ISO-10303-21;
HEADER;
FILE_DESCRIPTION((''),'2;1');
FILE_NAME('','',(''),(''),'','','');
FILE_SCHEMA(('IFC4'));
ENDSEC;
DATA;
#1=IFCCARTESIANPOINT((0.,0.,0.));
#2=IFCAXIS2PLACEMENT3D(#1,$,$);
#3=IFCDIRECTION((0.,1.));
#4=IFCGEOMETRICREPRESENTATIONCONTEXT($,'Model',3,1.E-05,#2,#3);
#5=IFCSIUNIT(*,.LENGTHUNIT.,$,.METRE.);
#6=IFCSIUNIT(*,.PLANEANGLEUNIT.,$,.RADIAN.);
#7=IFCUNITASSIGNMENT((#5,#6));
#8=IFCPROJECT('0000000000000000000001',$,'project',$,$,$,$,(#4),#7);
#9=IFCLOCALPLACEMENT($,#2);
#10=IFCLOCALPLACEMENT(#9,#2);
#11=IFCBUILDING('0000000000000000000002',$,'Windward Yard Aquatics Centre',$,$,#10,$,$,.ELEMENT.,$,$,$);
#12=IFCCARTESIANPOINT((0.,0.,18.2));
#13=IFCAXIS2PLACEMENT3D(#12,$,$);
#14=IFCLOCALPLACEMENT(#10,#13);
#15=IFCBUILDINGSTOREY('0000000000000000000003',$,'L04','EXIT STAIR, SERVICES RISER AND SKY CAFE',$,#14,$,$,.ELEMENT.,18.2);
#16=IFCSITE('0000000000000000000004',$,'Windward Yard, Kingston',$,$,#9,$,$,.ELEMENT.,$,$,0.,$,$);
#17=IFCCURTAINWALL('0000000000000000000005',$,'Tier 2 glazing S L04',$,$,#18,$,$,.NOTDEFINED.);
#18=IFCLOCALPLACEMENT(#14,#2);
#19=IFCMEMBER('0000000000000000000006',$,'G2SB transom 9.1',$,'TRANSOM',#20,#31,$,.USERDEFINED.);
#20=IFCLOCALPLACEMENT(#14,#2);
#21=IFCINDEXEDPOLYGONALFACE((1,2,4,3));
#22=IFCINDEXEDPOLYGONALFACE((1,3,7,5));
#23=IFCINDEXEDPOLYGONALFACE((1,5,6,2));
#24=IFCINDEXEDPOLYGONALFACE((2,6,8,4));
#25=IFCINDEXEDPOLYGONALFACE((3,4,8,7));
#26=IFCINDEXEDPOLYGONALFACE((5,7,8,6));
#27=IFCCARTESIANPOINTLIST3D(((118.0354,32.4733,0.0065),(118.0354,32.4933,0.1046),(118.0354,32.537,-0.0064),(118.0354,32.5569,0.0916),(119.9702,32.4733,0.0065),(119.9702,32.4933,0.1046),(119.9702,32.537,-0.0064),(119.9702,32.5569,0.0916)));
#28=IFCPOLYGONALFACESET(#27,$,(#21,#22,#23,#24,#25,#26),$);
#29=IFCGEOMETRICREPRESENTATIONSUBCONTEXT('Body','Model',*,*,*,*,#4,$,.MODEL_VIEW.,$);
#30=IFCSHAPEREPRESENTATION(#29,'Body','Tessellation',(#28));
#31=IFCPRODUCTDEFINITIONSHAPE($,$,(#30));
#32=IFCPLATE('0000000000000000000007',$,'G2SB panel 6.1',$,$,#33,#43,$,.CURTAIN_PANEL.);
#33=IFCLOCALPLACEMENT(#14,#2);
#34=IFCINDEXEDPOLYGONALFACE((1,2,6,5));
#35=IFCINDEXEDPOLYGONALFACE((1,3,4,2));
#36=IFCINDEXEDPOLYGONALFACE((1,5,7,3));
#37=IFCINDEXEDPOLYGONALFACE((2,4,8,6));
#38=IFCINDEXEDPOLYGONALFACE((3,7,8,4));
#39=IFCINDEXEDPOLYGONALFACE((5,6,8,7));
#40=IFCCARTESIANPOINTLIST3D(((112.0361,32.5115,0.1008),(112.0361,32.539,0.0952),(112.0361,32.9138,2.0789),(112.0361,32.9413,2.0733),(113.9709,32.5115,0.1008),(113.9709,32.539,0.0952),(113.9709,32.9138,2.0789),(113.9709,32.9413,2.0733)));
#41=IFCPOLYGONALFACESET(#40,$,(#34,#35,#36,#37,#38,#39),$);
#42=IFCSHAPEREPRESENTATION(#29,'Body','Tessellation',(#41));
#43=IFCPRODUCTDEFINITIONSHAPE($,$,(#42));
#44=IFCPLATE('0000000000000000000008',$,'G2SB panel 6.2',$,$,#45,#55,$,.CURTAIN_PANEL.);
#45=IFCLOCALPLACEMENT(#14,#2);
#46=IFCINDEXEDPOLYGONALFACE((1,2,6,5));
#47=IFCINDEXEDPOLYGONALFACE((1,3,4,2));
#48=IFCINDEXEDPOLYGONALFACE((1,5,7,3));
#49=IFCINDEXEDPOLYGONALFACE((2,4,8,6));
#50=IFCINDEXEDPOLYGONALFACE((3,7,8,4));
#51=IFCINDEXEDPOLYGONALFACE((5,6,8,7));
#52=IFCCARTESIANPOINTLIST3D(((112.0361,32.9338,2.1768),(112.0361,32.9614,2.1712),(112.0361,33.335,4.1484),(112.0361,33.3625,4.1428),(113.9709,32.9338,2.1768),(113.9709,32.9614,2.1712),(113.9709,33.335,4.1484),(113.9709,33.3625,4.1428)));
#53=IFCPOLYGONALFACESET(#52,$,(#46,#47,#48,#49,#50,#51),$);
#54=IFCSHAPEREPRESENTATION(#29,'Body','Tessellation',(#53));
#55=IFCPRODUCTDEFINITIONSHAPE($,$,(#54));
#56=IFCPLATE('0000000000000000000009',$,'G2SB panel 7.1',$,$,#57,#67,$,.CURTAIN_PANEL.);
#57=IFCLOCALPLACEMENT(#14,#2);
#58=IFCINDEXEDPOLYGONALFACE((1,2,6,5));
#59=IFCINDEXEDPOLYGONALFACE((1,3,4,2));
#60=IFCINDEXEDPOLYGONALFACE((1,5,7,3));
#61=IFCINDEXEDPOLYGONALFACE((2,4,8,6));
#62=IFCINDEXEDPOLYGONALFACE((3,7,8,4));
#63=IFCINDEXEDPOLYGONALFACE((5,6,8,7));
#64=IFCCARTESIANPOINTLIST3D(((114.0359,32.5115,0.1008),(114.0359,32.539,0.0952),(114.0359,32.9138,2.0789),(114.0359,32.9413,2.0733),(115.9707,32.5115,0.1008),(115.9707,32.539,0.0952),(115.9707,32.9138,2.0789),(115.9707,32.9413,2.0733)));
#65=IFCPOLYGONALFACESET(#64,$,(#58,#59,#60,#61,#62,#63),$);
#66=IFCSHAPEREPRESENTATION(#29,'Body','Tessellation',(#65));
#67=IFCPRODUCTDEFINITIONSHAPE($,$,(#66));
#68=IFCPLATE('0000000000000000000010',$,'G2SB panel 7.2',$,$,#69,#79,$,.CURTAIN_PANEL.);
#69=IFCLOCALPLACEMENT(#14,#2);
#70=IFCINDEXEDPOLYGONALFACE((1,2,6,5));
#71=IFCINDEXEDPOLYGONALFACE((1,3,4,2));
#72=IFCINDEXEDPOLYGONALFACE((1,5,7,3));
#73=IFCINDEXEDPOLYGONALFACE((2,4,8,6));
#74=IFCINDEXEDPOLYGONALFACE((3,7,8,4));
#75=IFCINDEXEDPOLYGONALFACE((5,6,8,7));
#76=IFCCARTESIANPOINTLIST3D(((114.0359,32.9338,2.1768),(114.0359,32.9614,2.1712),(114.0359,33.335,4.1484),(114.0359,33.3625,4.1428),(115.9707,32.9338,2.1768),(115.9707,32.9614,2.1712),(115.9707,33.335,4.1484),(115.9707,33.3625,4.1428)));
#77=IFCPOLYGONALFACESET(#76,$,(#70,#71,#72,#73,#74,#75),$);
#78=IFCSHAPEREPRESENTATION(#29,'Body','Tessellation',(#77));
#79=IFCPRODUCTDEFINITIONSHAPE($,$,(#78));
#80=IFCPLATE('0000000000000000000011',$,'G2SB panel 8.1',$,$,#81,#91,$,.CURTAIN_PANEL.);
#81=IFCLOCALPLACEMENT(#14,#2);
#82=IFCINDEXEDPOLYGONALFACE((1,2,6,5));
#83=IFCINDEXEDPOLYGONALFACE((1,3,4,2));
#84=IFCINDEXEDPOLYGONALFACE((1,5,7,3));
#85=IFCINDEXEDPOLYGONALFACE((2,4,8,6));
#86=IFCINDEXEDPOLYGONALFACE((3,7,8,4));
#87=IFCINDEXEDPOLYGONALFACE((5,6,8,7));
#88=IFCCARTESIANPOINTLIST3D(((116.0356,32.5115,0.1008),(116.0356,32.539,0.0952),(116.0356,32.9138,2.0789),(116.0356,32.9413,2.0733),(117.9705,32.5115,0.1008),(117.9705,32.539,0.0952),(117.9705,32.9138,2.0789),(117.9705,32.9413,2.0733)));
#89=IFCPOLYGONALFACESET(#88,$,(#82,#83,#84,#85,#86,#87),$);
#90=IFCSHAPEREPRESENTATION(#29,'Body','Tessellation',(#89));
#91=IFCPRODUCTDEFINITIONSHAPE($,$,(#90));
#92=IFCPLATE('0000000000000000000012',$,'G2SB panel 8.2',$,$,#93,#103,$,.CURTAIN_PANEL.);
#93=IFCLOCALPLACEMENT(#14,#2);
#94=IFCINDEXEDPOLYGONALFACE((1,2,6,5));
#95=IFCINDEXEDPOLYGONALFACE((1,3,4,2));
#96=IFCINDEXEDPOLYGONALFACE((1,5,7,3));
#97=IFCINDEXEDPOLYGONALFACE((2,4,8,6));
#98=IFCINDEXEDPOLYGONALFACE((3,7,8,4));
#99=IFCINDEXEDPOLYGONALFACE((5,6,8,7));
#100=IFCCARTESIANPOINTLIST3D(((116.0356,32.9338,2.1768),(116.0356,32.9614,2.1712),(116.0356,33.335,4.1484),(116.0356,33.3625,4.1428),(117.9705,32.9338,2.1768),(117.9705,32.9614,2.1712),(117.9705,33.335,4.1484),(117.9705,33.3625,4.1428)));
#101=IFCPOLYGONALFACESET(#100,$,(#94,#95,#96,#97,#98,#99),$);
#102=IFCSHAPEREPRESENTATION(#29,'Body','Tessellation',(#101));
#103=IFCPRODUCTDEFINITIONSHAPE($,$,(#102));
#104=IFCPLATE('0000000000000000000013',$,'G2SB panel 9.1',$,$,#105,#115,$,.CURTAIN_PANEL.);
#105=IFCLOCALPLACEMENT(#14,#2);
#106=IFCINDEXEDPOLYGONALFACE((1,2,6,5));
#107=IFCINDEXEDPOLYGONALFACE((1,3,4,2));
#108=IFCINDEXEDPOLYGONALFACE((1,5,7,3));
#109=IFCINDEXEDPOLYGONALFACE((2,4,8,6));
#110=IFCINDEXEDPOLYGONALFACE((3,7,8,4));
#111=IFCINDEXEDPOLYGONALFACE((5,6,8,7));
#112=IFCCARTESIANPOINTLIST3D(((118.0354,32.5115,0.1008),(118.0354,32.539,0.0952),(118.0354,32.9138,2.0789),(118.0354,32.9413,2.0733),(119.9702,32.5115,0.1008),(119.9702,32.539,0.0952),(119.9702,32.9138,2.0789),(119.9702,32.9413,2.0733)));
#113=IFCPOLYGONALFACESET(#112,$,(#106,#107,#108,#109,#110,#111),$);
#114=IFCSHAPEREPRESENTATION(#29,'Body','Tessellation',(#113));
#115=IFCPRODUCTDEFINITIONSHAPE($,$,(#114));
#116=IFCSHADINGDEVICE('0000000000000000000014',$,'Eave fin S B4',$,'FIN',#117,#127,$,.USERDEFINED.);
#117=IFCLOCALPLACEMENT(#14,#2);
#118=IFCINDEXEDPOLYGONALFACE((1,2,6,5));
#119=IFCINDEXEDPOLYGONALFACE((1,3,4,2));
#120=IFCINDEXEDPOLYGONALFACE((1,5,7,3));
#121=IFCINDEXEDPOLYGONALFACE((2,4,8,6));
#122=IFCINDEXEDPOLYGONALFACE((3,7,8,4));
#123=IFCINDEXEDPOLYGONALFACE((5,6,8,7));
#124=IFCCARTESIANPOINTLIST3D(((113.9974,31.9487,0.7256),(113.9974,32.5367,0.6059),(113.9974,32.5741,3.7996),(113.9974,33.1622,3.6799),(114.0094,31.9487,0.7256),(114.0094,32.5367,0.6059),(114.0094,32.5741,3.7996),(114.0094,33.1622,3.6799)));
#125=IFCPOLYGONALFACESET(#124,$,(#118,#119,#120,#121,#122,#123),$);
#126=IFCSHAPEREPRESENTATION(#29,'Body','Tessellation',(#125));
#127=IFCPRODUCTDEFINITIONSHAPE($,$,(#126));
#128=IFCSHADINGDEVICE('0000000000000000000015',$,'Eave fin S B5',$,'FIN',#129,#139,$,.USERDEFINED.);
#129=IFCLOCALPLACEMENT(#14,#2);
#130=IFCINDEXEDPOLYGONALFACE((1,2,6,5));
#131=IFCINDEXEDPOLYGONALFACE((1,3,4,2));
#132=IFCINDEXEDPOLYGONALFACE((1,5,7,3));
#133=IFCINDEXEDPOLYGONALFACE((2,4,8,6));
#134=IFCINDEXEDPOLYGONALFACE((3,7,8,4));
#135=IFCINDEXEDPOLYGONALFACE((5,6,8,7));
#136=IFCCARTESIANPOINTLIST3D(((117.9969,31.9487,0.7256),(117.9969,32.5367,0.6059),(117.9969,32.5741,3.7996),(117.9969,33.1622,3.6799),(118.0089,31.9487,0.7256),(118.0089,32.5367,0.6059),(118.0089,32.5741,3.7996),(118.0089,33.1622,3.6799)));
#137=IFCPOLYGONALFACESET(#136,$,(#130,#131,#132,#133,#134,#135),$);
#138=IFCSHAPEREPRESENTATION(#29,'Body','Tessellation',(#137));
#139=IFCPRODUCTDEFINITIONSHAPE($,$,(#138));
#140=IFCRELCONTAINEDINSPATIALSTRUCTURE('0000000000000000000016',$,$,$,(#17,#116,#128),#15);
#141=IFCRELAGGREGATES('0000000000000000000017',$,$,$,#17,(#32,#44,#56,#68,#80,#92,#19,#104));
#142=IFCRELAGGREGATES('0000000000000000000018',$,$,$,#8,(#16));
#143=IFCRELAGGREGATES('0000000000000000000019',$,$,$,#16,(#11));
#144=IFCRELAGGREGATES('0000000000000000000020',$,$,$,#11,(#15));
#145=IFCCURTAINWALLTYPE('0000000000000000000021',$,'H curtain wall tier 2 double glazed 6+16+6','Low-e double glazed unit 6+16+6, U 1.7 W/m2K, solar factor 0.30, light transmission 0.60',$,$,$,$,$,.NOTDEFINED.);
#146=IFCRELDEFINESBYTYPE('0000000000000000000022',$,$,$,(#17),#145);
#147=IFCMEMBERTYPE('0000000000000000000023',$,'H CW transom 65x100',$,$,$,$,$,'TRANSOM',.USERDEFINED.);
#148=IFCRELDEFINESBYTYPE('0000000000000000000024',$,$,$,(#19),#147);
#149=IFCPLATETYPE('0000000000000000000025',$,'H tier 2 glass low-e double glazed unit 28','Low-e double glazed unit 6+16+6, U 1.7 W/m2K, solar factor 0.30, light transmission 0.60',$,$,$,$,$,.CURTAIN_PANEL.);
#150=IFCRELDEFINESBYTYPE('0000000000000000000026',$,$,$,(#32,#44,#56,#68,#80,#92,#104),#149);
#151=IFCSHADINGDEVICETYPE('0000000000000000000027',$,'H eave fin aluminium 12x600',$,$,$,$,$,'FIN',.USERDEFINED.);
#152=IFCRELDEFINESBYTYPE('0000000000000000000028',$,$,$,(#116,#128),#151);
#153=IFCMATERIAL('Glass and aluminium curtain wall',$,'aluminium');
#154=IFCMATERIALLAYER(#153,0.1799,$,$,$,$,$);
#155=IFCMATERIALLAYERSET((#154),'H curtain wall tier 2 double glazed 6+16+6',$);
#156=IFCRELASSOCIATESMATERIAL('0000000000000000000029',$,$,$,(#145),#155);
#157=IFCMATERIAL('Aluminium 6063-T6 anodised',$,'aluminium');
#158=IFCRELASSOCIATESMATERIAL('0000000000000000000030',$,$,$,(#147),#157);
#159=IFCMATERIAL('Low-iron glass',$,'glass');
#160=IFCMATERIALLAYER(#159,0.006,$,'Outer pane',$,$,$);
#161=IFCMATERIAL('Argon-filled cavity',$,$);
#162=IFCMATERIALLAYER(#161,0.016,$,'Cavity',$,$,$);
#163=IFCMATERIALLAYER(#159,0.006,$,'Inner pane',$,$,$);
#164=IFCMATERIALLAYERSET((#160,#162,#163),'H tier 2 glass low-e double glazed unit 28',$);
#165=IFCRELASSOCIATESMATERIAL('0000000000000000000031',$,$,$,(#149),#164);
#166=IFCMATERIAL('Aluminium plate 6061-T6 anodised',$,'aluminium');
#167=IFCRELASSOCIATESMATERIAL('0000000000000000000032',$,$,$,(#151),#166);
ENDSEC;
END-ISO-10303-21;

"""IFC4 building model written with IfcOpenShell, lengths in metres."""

from ifc_helpers import new_model, si_unit, direction, frame, origin, origin_2d, place, context, subcontext, project, spatial, polyline, rectangle, outline, extrude, material, layer, layer_set, material_profile, profile_set, type_object, element, aggregate, save


model = new_model("IFC4")

# Units and contexts
model_context = context("Model", 3, precision=1e-05, world=origin(), true_north=direction((0.0, 1.0)))
body_context = subcontext(model_context, "Body", "Model", "MODEL_VIEW")
ifc_project = project(units=[si_unit("LENGTHUNIT", "METRE"), si_unit("PLANEANGLEUNIT", "RADIAN")], contexts=[model_context])

# Site, building, storey
site_placement = place(None, origin())
site = spatial("IfcSite", under=ifc_project, at=site_placement, Name="Windward Yard, Kingston", CompositionType="ELEMENT", RefElevation=0.0)
building_placement = place(site_placement, origin())
building = spatial("IfcBuilding", under=site, at=building_placement, Name="Windward Yard Aquatics Centre", CompositionType="ELEMENT")
storey_placement = place(building_placement, frame((0.0, 0.0, 18.2)))
storey = spatial("IfcBuildingStorey", under=building, at=storey_placement, Name="L04", Description="EXIT STAIR, SERVICES RISER AND SKY CAFE", CompositionType="ELEMENT", Elevation=18.2)

# Curtain wall, member, plates
ifc_material_1 = material(Name="Glass and aluminium curtain wall", Category="aluminium")
ifc_layer_1 = layer(ifc_material_1, 0.1799)
ifc_layer_set_1 = layer_set([ifc_layer_1], Name="H curtain wall tier 2 double glazed 6+16+6")
curtain_wall_type = type_object("IfcCurtainWallType", Name="H curtain wall tier 2 double glazed 6+16+6", Description="Low-e double glazed unit 6+16+6, U 1.7 W/m2K, solar factor 0.30, light transmission 0.60", PredefinedType="NOTDEFINED", material=ifc_layer_set_1)
curtain_wall_placement = place(storey_placement, origin())
curtain_wall = element("IfcCurtainWall", 1, at=curtain_wall_placement, inside=storey, type_object=curtain_wall_type, Name="Tier 2 glazing S L04", PredefinedType="NOTDEFINED")
ifc_material_2 = material(Name="Aluminium 6063-T6 anodised", Category="aluminium")
ifc_material_profile_1 = material_profile(ifc_material_2, rectangle(XDim=0.0649, YDim=0.1001, at=origin_2d()), Name="H CW transom 65x100")
ifc_profile_set_1 = profile_set([ifc_material_profile_1], Name="Aluminium 6063-T6 anodised")
member_type_1 = type_object("IfcMemberType", Name="H CW transom 65x100", ElementType="TRANSOM", PredefinedType="USERDEFINED", material=ifc_profile_set_1)
member_1_placement = place(storey_placement, frame((118.0354, 32.5151, 0.0491), z_axis=(1.0, 0.0, 0.0), x_axis=(0.0, -0.979925, 0.199368)))
member_1 = element("IfcMember", 2, at=member_1_placement, type_object=member_type_1, Name="G2SB transom 9.1", ObjectType="TRANSOM", PredefinedType="USERDEFINED", context=body_context, shape_type="SweptSolid", body=[
    extrude(rectangle(XDim=0.0649, YDim=0.1001, at=origin_2d()), origin(), (0.0, 0.0, 1.0), 1.9348),
])
ifc_material_3 = material(Name="Low-iron glass", Category="glass")
ifc_layer_2 = layer(ifc_material_3, 0.006, Name="Outer pane")
ifc_material_4 = material(Name="Argon-filled cavity")
ifc_layer_3 = layer(ifc_material_4, 0.016, Name="Cavity")
ifc_layer_4 = layer(ifc_material_3, 0.006, Name="Inner pane")
ifc_layer_set_2 = layer_set([ifc_layer_2, ifc_layer_3, ifc_layer_4], Name="H tier 2 glass low-e double glazed unit 28")
plate_type = type_object("IfcPlateType", Name="H tier 2 glass low-e double glazed unit 28", Description="Low-e double glazed unit 6+16+6, U 1.7 W/m2K, solar factor 0.30, light transmission 0.60", PredefinedType="CURTAIN_PANEL", material=ifc_layer_set_2)
plate_1_placement = place(storey_placement, frame((112.0361, 32.5115, 0.1008), z_axis=(0.0, -0.979933, 0.199325), x_axis=(1.0, 0.0, 0.0)))
plate_1 = element("IfcPlate", 3, at=plate_1_placement, type_object=plate_type, Name="G2SB panel 6.1", PredefinedType="CURTAIN_PANEL", context=body_context, shape_type="SweptSolid", body=[
    extrude(outline(polyline([(0.0, 0.0), (1.9348, 0.0), (1.9348, 2.0185), (0.0, 2.0185), (0.0, 0.0)])), origin(), (0.0, 0.0, -1.0), 0.0281),
])
plate_2_placement = place(storey_placement, frame((112.0361, 32.9338, 2.1768), z_axis=(0.0, -0.979927, 0.199359), x_axis=(1.0, 0.0, 0.0)))
plate_2 = element("IfcPlate", 4, at=plate_2_placement, type_object=plate_type, Name="G2SB panel 6.2", PredefinedType="CURTAIN_PANEL", context=body_context, shape_type="SweptSolid", body=[
    extrude(outline(polyline([(0.0, 0.0), (1.9348, 0.0), (1.9348, 2.0121), (0.0, 2.0121), (0.0, 0.0)])), origin(), (0.0, 0.0, -1.0), 0.0281),
])
plate_3_placement = place(storey_placement, frame((114.0359, 32.5115, 0.1008), z_axis=(0.0, -0.979933, 0.199325), x_axis=(1.0, 0.0, 0.0)))
plate_3 = element("IfcPlate", 5, at=plate_3_placement, type_object=plate_type, Name="G2SB panel 7.1", PredefinedType="CURTAIN_PANEL", context=body_context, shape_type="SweptSolid", body=[
    extrude(outline(polyline([(0.0, 0.0), (1.9348, 0.0), (1.9348, 2.0185), (0.0, 2.0185), (0.0, 0.0)])), origin(), (0.0, 0.0, -1.0), 0.0281),
])
plate_4_placement = place(storey_placement, frame((114.0359, 32.9338, 2.1768), z_axis=(0.0, -0.979927, 0.199359), x_axis=(1.0, 0.0, 0.0)))
plate_4 = element("IfcPlate", 6, at=plate_4_placement, type_object=plate_type, Name="G2SB panel 7.2", PredefinedType="CURTAIN_PANEL", context=body_context, shape_type="SweptSolid", body=[
    extrude(outline(polyline([(0.0, 0.0), (1.9348, 0.0), (1.9348, 2.0121), (0.0, 2.0121), (0.0, 0.0)])), origin(), (0.0, 0.0, -1.0), 0.0281),
])
plate_5_placement = place(storey_placement, frame((116.0356, 32.5115, 0.1008), z_axis=(0.0, -0.979933, 0.199325), x_axis=(1.0, 0.0, 0.0)))
plate_5 = element("IfcPlate", 7, at=plate_5_placement, type_object=plate_type, Name="G2SB panel 8.1", PredefinedType="CURTAIN_PANEL", context=body_context, shape_type="SweptSolid", body=[
    extrude(outline(polyline([(0.0, 0.0), (1.9348, 0.0), (1.9348, 2.0185), (0.0, 2.0185), (0.0, 0.0)])), origin(), (0.0, 0.0, -1.0), 0.0281),
])
plate_6_placement = place(storey_placement, frame((116.0356, 32.9338, 2.1768), z_axis=(0.0, -0.979927, 0.199359), x_axis=(1.0, 0.0, 0.0)))
plate_6 = element("IfcPlate", 8, at=plate_6_placement, type_object=plate_type, Name="G2SB panel 8.2", PredefinedType="CURTAIN_PANEL", context=body_context, shape_type="SweptSolid", body=[
    extrude(outline(polyline([(0.0, 0.0), (1.9348, 0.0), (1.9348, 2.0121), (0.0, 2.0121), (0.0, 0.0)])), origin(), (0.0, 0.0, -1.0), 0.0281),
])
plate_7_placement = place(storey_placement, frame((118.0354, 32.5115, 0.1008), z_axis=(0.0, -0.979933, 0.199325), x_axis=(1.0, 0.0, 0.0)))
plate_7 = element("IfcPlate", 9, at=plate_7_placement, type_object=plate_type, Name="G2SB panel 9.1", PredefinedType="CURTAIN_PANEL", context=body_context, shape_type="SweptSolid", body=[
    extrude(outline(polyline([(0.0, 0.0), (1.9348, 0.0), (1.9348, 2.0185), (0.0, 2.0185), (0.0, 0.0)])), origin(), (0.0, 0.0, -1.0), 0.0281),
])
aggregate(curtain_wall, [plate_1, plate_2, plate_3, plate_4, plate_5, plate_6, member_1, plate_7])

# Shading devices
ifc_material_5 = material(Name="Aluminium plate 6061-T6 anodised", Category="aluminium")
ifc_material_profile_2 = material_profile(ifc_material_5, rectangle(XDim=0.012, YDim=0.6001, at=origin_2d()), Name="H eave fin aluminium 12x600")
ifc_profile_set_2 = profile_set([ifc_material_profile_2], Name="Aluminium plate 6061-T6 anodised")
shading_device_type = type_object("IfcShadingDeviceType", Name="H eave fin aluminium 12x600", ElementType="FIN", PredefinedType="USERDEFINED", material=ifc_profile_set_2)
for number, where, z_axis, x_axis, name in (
    (10, (114.0034, 32.2427, 0.6658), (0.0, 0.199393, 0.97992), (-1.0, 0.0, 0.0), "Eave fin S B4"),
    (11, (118.0029, 32.2427, 0.6658), (0.0, 0.199393, 0.97992), (-1.0, 0.0, 0.0), "Eave fin S B5"),
):
    element("IfcShadingDevice", number, at=place(storey_placement, frame(where, z_axis=z_axis, x_axis=x_axis)), inside=storey, type_object=shading_device_type, Name=name, ObjectType="FIN", PredefinedType="USERDEFINED", context=body_context, shape_type="SweptSolid", body=[
        extrude(rectangle(XDim=0.012, YDim=0.6001, at=origin_2d()), origin(), (0.0, 0.0, 1.0), 3.137),
    ])

save(model, "model.ifc")
